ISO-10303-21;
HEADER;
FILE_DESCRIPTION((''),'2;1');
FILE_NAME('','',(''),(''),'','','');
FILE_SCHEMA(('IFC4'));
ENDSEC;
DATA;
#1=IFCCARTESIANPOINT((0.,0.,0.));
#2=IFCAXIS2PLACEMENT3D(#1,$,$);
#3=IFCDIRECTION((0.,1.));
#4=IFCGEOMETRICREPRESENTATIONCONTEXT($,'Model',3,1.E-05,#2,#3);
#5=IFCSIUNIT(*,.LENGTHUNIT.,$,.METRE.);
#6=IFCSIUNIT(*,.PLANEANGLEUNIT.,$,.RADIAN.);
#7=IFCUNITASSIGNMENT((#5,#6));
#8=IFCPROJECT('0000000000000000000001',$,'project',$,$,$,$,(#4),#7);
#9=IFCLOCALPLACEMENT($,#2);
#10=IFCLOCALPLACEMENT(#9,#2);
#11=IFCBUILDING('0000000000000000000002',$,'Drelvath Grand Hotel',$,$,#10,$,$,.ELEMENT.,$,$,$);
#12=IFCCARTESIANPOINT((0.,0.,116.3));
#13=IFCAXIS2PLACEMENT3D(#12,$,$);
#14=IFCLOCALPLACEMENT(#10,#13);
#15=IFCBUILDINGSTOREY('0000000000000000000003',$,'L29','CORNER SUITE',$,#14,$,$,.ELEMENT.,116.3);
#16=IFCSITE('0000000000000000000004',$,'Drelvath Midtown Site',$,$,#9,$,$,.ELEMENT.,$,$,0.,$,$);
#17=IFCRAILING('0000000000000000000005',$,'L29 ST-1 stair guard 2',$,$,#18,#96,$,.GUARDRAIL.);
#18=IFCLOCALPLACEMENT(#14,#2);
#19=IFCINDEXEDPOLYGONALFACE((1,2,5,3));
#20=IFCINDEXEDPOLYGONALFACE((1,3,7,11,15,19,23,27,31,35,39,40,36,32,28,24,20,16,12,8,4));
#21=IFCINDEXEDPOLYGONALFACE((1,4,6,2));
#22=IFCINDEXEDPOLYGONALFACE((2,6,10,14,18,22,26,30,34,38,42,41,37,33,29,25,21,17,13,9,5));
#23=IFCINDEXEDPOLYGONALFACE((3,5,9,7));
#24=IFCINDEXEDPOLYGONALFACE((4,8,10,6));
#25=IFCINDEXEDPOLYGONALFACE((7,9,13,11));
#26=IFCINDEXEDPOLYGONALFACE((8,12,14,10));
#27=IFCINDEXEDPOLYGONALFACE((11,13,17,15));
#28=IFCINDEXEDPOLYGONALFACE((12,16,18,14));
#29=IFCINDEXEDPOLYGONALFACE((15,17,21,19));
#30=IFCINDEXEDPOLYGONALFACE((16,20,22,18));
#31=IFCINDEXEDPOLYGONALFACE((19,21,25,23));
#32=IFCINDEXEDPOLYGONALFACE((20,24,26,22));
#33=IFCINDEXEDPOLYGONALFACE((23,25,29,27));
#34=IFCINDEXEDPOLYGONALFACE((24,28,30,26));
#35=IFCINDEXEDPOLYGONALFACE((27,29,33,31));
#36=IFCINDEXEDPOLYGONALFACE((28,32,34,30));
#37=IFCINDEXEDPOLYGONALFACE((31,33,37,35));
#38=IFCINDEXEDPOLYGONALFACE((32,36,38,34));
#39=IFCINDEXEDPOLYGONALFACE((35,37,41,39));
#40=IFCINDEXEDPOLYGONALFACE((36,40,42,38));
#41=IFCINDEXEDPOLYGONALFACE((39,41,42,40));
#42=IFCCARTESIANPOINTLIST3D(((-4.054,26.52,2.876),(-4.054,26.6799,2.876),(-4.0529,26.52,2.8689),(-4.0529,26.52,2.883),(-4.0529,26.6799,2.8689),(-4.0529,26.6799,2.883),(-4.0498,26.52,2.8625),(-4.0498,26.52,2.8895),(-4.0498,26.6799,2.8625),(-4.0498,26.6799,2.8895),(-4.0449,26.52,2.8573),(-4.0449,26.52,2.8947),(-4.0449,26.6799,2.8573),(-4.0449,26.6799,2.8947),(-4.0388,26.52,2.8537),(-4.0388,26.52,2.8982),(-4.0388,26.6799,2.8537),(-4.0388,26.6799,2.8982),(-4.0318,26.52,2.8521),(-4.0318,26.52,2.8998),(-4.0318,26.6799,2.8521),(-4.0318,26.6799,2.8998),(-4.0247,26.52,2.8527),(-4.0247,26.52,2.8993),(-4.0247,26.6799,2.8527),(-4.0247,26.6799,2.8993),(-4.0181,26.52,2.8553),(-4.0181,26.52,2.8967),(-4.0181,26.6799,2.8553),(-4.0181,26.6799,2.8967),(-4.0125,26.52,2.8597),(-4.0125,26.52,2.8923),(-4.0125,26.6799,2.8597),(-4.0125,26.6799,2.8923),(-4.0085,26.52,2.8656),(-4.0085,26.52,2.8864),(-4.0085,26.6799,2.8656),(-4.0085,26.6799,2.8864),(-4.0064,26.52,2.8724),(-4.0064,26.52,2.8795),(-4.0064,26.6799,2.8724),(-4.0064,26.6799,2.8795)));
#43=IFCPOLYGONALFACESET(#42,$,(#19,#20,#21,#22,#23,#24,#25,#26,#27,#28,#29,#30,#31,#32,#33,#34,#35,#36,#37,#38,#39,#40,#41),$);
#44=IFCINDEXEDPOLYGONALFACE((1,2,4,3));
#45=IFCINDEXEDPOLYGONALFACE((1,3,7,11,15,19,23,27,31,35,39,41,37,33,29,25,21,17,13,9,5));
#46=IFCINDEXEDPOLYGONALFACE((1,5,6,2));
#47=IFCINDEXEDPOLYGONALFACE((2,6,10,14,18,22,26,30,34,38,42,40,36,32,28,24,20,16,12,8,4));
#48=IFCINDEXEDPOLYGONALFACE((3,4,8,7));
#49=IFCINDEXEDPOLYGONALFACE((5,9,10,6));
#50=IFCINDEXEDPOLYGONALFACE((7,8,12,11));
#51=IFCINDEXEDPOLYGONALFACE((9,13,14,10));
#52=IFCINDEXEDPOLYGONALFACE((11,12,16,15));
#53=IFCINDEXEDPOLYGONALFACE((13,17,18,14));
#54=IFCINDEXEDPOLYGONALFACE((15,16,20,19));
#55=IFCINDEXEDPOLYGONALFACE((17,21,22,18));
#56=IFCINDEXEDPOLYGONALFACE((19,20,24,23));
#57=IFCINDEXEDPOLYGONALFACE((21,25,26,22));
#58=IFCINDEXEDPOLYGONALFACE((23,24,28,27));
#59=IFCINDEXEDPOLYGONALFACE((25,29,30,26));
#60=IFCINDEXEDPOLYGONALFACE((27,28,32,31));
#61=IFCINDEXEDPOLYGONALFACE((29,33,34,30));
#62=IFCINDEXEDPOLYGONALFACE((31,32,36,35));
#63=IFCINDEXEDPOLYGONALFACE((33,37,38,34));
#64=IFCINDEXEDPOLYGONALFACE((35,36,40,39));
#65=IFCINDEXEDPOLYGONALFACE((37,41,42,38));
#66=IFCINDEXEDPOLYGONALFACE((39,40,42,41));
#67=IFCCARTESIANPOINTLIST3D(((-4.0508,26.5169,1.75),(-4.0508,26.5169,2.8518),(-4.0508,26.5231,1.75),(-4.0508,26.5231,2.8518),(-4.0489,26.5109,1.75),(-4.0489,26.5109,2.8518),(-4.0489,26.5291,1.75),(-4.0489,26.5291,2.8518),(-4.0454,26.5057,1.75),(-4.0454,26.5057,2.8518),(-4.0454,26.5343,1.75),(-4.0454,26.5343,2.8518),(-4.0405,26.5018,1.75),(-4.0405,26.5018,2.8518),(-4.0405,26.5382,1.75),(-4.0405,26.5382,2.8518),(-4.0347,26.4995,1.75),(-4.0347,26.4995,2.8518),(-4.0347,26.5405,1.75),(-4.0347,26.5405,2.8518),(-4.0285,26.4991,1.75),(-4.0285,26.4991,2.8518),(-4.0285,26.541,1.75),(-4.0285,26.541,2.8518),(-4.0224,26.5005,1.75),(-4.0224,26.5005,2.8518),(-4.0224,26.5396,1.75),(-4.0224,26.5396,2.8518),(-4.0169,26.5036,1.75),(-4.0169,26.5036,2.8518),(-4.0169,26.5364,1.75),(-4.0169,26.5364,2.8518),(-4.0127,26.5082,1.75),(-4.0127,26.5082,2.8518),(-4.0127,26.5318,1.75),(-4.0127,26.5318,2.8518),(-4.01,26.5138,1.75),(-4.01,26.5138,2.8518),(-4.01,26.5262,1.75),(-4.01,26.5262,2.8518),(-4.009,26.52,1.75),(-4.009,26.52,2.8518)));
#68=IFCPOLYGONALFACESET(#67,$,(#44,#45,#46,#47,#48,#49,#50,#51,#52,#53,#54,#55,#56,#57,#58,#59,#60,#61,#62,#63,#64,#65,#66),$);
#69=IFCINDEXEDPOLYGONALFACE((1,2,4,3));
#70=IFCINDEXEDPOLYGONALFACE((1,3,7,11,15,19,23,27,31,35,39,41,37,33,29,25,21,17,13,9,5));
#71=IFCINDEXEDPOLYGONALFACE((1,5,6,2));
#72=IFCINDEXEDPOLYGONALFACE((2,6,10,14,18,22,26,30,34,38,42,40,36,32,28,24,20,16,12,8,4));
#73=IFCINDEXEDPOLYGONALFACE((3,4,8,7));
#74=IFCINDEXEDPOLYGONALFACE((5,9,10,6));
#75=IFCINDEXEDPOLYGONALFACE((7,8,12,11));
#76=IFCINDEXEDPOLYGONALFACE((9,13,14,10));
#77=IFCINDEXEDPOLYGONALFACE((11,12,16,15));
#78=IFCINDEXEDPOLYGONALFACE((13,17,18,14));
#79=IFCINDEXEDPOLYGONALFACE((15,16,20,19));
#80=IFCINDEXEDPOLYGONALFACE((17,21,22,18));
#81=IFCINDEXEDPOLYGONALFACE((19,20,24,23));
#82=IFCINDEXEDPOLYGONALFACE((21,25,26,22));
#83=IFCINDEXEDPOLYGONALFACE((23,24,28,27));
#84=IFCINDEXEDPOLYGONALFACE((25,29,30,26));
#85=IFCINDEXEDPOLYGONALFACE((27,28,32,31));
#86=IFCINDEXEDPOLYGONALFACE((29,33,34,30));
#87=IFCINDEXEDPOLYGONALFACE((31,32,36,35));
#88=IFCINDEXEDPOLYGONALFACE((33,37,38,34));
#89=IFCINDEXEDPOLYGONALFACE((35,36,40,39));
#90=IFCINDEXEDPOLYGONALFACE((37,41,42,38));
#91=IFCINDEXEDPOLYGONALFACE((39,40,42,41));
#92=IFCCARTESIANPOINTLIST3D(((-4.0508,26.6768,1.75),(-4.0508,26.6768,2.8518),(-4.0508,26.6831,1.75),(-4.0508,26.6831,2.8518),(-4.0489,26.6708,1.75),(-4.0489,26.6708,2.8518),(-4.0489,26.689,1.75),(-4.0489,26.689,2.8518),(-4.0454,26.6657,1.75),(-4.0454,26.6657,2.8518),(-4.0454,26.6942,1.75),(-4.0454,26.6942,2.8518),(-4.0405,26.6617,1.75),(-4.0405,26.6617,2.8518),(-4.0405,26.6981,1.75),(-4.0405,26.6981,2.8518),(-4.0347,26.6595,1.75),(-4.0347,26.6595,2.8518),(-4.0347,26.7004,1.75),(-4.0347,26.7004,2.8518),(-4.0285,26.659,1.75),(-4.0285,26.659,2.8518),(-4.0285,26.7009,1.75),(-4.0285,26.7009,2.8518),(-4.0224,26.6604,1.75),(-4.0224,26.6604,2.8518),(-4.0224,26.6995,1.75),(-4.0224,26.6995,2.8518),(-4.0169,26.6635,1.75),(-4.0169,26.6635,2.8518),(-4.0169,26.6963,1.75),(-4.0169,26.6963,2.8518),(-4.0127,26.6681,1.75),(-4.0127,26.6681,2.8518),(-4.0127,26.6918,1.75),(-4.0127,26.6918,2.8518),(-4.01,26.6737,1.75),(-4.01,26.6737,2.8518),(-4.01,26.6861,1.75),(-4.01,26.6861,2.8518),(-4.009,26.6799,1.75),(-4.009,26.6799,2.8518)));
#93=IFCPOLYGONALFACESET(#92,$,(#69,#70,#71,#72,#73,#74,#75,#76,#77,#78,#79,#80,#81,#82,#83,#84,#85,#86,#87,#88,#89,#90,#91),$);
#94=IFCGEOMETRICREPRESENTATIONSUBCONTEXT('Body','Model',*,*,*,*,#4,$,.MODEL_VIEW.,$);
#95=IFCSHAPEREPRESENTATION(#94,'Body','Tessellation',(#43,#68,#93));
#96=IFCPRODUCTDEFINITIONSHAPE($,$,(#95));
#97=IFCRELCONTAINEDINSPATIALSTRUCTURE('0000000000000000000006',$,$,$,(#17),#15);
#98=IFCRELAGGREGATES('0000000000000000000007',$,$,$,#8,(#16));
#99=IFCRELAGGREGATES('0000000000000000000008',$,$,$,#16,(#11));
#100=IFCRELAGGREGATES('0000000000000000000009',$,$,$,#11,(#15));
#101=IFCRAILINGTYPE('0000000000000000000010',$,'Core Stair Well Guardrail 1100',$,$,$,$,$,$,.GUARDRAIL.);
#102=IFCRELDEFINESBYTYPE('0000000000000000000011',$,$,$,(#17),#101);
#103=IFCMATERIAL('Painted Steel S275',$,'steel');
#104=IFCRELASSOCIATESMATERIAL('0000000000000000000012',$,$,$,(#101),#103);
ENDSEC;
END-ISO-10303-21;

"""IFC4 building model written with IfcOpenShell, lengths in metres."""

from ifc_helpers import new_model, si_unit, direction, frame, origin, origin_2d, place, context, subcontext, project, spatial, circle, extrude, material, type_object, element, save


model = new_model("IFC4")

# Units and contexts
model_context = context("Model", 3, precision=1e-05, world=origin(), true_north=direction((0.0, 1.0)))
body_context = subcontext(model_context, "Body", "Model", "MODEL_VIEW")
ifc_project = project(units=[si_unit("LENGTHUNIT", "METRE"), si_unit("PLANEANGLEUNIT", "RADIAN")], contexts=[model_context])

# Site, building, storey
site_placement = place(None, origin())
site = spatial("IfcSite", under=ifc_project, at=site_placement, Name="Drelvath Midtown Site", CompositionType="ELEMENT", RefElevation=0.0)
building_placement = place(site_placement, origin())
building = spatial("IfcBuilding", under=site, at=building_placement, Name="Drelvath Grand Hotel", CompositionType="ELEMENT")
storey_placement = place(building_placement, frame((0.0, 0.0, 116.3)))
storey = spatial("IfcBuildingStorey", under=building, at=storey_placement, Name="L29", Description="CORNER SUITE", CompositionType="ELEMENT", Elevation=116.3)

# Shared definitions
ifc_material_1 = material(Name="Painted Steel S275", Category="steel")

# Railing
railing_type_1 = type_object("IfcRailingType", Name="Core Stair Well Guardrail 1100", PredefinedType="GUARDRAIL", material=ifc_material_1)
railing_1_placement = place(storey_placement, frame((-4.03, 26.52, 1.75)))
element("IfcRailing", 1, at=railing_1_placement, inside=storey, type_object=railing_type_1, Name="L29 ST-1 stair guard 2", PredefinedType="GUARDRAIL", context=body_context, shape_type="SweptSolid", body=[
    extrude(circle(Radius=0.0239, at=origin_2d()), frame((0.0, 0.0, 1.126), z_axis=(0.0, 1.0, 0.0), x_axis=(-1.0, 0.0, 0.0)), (0.0, 0.0, 1.0), 0.1599),
    extrude(circle(Radius=0.021, at=origin_2d()), origin(), (0.0, 0.0, 1.0), 1.1018),
    extrude(circle(Radius=0.021, at=origin_2d()), frame((0.0, 0.1599, 0.0)), (0.0, 0.0, 1.0), 1.1018),
])

save(model, "model.ifc")
